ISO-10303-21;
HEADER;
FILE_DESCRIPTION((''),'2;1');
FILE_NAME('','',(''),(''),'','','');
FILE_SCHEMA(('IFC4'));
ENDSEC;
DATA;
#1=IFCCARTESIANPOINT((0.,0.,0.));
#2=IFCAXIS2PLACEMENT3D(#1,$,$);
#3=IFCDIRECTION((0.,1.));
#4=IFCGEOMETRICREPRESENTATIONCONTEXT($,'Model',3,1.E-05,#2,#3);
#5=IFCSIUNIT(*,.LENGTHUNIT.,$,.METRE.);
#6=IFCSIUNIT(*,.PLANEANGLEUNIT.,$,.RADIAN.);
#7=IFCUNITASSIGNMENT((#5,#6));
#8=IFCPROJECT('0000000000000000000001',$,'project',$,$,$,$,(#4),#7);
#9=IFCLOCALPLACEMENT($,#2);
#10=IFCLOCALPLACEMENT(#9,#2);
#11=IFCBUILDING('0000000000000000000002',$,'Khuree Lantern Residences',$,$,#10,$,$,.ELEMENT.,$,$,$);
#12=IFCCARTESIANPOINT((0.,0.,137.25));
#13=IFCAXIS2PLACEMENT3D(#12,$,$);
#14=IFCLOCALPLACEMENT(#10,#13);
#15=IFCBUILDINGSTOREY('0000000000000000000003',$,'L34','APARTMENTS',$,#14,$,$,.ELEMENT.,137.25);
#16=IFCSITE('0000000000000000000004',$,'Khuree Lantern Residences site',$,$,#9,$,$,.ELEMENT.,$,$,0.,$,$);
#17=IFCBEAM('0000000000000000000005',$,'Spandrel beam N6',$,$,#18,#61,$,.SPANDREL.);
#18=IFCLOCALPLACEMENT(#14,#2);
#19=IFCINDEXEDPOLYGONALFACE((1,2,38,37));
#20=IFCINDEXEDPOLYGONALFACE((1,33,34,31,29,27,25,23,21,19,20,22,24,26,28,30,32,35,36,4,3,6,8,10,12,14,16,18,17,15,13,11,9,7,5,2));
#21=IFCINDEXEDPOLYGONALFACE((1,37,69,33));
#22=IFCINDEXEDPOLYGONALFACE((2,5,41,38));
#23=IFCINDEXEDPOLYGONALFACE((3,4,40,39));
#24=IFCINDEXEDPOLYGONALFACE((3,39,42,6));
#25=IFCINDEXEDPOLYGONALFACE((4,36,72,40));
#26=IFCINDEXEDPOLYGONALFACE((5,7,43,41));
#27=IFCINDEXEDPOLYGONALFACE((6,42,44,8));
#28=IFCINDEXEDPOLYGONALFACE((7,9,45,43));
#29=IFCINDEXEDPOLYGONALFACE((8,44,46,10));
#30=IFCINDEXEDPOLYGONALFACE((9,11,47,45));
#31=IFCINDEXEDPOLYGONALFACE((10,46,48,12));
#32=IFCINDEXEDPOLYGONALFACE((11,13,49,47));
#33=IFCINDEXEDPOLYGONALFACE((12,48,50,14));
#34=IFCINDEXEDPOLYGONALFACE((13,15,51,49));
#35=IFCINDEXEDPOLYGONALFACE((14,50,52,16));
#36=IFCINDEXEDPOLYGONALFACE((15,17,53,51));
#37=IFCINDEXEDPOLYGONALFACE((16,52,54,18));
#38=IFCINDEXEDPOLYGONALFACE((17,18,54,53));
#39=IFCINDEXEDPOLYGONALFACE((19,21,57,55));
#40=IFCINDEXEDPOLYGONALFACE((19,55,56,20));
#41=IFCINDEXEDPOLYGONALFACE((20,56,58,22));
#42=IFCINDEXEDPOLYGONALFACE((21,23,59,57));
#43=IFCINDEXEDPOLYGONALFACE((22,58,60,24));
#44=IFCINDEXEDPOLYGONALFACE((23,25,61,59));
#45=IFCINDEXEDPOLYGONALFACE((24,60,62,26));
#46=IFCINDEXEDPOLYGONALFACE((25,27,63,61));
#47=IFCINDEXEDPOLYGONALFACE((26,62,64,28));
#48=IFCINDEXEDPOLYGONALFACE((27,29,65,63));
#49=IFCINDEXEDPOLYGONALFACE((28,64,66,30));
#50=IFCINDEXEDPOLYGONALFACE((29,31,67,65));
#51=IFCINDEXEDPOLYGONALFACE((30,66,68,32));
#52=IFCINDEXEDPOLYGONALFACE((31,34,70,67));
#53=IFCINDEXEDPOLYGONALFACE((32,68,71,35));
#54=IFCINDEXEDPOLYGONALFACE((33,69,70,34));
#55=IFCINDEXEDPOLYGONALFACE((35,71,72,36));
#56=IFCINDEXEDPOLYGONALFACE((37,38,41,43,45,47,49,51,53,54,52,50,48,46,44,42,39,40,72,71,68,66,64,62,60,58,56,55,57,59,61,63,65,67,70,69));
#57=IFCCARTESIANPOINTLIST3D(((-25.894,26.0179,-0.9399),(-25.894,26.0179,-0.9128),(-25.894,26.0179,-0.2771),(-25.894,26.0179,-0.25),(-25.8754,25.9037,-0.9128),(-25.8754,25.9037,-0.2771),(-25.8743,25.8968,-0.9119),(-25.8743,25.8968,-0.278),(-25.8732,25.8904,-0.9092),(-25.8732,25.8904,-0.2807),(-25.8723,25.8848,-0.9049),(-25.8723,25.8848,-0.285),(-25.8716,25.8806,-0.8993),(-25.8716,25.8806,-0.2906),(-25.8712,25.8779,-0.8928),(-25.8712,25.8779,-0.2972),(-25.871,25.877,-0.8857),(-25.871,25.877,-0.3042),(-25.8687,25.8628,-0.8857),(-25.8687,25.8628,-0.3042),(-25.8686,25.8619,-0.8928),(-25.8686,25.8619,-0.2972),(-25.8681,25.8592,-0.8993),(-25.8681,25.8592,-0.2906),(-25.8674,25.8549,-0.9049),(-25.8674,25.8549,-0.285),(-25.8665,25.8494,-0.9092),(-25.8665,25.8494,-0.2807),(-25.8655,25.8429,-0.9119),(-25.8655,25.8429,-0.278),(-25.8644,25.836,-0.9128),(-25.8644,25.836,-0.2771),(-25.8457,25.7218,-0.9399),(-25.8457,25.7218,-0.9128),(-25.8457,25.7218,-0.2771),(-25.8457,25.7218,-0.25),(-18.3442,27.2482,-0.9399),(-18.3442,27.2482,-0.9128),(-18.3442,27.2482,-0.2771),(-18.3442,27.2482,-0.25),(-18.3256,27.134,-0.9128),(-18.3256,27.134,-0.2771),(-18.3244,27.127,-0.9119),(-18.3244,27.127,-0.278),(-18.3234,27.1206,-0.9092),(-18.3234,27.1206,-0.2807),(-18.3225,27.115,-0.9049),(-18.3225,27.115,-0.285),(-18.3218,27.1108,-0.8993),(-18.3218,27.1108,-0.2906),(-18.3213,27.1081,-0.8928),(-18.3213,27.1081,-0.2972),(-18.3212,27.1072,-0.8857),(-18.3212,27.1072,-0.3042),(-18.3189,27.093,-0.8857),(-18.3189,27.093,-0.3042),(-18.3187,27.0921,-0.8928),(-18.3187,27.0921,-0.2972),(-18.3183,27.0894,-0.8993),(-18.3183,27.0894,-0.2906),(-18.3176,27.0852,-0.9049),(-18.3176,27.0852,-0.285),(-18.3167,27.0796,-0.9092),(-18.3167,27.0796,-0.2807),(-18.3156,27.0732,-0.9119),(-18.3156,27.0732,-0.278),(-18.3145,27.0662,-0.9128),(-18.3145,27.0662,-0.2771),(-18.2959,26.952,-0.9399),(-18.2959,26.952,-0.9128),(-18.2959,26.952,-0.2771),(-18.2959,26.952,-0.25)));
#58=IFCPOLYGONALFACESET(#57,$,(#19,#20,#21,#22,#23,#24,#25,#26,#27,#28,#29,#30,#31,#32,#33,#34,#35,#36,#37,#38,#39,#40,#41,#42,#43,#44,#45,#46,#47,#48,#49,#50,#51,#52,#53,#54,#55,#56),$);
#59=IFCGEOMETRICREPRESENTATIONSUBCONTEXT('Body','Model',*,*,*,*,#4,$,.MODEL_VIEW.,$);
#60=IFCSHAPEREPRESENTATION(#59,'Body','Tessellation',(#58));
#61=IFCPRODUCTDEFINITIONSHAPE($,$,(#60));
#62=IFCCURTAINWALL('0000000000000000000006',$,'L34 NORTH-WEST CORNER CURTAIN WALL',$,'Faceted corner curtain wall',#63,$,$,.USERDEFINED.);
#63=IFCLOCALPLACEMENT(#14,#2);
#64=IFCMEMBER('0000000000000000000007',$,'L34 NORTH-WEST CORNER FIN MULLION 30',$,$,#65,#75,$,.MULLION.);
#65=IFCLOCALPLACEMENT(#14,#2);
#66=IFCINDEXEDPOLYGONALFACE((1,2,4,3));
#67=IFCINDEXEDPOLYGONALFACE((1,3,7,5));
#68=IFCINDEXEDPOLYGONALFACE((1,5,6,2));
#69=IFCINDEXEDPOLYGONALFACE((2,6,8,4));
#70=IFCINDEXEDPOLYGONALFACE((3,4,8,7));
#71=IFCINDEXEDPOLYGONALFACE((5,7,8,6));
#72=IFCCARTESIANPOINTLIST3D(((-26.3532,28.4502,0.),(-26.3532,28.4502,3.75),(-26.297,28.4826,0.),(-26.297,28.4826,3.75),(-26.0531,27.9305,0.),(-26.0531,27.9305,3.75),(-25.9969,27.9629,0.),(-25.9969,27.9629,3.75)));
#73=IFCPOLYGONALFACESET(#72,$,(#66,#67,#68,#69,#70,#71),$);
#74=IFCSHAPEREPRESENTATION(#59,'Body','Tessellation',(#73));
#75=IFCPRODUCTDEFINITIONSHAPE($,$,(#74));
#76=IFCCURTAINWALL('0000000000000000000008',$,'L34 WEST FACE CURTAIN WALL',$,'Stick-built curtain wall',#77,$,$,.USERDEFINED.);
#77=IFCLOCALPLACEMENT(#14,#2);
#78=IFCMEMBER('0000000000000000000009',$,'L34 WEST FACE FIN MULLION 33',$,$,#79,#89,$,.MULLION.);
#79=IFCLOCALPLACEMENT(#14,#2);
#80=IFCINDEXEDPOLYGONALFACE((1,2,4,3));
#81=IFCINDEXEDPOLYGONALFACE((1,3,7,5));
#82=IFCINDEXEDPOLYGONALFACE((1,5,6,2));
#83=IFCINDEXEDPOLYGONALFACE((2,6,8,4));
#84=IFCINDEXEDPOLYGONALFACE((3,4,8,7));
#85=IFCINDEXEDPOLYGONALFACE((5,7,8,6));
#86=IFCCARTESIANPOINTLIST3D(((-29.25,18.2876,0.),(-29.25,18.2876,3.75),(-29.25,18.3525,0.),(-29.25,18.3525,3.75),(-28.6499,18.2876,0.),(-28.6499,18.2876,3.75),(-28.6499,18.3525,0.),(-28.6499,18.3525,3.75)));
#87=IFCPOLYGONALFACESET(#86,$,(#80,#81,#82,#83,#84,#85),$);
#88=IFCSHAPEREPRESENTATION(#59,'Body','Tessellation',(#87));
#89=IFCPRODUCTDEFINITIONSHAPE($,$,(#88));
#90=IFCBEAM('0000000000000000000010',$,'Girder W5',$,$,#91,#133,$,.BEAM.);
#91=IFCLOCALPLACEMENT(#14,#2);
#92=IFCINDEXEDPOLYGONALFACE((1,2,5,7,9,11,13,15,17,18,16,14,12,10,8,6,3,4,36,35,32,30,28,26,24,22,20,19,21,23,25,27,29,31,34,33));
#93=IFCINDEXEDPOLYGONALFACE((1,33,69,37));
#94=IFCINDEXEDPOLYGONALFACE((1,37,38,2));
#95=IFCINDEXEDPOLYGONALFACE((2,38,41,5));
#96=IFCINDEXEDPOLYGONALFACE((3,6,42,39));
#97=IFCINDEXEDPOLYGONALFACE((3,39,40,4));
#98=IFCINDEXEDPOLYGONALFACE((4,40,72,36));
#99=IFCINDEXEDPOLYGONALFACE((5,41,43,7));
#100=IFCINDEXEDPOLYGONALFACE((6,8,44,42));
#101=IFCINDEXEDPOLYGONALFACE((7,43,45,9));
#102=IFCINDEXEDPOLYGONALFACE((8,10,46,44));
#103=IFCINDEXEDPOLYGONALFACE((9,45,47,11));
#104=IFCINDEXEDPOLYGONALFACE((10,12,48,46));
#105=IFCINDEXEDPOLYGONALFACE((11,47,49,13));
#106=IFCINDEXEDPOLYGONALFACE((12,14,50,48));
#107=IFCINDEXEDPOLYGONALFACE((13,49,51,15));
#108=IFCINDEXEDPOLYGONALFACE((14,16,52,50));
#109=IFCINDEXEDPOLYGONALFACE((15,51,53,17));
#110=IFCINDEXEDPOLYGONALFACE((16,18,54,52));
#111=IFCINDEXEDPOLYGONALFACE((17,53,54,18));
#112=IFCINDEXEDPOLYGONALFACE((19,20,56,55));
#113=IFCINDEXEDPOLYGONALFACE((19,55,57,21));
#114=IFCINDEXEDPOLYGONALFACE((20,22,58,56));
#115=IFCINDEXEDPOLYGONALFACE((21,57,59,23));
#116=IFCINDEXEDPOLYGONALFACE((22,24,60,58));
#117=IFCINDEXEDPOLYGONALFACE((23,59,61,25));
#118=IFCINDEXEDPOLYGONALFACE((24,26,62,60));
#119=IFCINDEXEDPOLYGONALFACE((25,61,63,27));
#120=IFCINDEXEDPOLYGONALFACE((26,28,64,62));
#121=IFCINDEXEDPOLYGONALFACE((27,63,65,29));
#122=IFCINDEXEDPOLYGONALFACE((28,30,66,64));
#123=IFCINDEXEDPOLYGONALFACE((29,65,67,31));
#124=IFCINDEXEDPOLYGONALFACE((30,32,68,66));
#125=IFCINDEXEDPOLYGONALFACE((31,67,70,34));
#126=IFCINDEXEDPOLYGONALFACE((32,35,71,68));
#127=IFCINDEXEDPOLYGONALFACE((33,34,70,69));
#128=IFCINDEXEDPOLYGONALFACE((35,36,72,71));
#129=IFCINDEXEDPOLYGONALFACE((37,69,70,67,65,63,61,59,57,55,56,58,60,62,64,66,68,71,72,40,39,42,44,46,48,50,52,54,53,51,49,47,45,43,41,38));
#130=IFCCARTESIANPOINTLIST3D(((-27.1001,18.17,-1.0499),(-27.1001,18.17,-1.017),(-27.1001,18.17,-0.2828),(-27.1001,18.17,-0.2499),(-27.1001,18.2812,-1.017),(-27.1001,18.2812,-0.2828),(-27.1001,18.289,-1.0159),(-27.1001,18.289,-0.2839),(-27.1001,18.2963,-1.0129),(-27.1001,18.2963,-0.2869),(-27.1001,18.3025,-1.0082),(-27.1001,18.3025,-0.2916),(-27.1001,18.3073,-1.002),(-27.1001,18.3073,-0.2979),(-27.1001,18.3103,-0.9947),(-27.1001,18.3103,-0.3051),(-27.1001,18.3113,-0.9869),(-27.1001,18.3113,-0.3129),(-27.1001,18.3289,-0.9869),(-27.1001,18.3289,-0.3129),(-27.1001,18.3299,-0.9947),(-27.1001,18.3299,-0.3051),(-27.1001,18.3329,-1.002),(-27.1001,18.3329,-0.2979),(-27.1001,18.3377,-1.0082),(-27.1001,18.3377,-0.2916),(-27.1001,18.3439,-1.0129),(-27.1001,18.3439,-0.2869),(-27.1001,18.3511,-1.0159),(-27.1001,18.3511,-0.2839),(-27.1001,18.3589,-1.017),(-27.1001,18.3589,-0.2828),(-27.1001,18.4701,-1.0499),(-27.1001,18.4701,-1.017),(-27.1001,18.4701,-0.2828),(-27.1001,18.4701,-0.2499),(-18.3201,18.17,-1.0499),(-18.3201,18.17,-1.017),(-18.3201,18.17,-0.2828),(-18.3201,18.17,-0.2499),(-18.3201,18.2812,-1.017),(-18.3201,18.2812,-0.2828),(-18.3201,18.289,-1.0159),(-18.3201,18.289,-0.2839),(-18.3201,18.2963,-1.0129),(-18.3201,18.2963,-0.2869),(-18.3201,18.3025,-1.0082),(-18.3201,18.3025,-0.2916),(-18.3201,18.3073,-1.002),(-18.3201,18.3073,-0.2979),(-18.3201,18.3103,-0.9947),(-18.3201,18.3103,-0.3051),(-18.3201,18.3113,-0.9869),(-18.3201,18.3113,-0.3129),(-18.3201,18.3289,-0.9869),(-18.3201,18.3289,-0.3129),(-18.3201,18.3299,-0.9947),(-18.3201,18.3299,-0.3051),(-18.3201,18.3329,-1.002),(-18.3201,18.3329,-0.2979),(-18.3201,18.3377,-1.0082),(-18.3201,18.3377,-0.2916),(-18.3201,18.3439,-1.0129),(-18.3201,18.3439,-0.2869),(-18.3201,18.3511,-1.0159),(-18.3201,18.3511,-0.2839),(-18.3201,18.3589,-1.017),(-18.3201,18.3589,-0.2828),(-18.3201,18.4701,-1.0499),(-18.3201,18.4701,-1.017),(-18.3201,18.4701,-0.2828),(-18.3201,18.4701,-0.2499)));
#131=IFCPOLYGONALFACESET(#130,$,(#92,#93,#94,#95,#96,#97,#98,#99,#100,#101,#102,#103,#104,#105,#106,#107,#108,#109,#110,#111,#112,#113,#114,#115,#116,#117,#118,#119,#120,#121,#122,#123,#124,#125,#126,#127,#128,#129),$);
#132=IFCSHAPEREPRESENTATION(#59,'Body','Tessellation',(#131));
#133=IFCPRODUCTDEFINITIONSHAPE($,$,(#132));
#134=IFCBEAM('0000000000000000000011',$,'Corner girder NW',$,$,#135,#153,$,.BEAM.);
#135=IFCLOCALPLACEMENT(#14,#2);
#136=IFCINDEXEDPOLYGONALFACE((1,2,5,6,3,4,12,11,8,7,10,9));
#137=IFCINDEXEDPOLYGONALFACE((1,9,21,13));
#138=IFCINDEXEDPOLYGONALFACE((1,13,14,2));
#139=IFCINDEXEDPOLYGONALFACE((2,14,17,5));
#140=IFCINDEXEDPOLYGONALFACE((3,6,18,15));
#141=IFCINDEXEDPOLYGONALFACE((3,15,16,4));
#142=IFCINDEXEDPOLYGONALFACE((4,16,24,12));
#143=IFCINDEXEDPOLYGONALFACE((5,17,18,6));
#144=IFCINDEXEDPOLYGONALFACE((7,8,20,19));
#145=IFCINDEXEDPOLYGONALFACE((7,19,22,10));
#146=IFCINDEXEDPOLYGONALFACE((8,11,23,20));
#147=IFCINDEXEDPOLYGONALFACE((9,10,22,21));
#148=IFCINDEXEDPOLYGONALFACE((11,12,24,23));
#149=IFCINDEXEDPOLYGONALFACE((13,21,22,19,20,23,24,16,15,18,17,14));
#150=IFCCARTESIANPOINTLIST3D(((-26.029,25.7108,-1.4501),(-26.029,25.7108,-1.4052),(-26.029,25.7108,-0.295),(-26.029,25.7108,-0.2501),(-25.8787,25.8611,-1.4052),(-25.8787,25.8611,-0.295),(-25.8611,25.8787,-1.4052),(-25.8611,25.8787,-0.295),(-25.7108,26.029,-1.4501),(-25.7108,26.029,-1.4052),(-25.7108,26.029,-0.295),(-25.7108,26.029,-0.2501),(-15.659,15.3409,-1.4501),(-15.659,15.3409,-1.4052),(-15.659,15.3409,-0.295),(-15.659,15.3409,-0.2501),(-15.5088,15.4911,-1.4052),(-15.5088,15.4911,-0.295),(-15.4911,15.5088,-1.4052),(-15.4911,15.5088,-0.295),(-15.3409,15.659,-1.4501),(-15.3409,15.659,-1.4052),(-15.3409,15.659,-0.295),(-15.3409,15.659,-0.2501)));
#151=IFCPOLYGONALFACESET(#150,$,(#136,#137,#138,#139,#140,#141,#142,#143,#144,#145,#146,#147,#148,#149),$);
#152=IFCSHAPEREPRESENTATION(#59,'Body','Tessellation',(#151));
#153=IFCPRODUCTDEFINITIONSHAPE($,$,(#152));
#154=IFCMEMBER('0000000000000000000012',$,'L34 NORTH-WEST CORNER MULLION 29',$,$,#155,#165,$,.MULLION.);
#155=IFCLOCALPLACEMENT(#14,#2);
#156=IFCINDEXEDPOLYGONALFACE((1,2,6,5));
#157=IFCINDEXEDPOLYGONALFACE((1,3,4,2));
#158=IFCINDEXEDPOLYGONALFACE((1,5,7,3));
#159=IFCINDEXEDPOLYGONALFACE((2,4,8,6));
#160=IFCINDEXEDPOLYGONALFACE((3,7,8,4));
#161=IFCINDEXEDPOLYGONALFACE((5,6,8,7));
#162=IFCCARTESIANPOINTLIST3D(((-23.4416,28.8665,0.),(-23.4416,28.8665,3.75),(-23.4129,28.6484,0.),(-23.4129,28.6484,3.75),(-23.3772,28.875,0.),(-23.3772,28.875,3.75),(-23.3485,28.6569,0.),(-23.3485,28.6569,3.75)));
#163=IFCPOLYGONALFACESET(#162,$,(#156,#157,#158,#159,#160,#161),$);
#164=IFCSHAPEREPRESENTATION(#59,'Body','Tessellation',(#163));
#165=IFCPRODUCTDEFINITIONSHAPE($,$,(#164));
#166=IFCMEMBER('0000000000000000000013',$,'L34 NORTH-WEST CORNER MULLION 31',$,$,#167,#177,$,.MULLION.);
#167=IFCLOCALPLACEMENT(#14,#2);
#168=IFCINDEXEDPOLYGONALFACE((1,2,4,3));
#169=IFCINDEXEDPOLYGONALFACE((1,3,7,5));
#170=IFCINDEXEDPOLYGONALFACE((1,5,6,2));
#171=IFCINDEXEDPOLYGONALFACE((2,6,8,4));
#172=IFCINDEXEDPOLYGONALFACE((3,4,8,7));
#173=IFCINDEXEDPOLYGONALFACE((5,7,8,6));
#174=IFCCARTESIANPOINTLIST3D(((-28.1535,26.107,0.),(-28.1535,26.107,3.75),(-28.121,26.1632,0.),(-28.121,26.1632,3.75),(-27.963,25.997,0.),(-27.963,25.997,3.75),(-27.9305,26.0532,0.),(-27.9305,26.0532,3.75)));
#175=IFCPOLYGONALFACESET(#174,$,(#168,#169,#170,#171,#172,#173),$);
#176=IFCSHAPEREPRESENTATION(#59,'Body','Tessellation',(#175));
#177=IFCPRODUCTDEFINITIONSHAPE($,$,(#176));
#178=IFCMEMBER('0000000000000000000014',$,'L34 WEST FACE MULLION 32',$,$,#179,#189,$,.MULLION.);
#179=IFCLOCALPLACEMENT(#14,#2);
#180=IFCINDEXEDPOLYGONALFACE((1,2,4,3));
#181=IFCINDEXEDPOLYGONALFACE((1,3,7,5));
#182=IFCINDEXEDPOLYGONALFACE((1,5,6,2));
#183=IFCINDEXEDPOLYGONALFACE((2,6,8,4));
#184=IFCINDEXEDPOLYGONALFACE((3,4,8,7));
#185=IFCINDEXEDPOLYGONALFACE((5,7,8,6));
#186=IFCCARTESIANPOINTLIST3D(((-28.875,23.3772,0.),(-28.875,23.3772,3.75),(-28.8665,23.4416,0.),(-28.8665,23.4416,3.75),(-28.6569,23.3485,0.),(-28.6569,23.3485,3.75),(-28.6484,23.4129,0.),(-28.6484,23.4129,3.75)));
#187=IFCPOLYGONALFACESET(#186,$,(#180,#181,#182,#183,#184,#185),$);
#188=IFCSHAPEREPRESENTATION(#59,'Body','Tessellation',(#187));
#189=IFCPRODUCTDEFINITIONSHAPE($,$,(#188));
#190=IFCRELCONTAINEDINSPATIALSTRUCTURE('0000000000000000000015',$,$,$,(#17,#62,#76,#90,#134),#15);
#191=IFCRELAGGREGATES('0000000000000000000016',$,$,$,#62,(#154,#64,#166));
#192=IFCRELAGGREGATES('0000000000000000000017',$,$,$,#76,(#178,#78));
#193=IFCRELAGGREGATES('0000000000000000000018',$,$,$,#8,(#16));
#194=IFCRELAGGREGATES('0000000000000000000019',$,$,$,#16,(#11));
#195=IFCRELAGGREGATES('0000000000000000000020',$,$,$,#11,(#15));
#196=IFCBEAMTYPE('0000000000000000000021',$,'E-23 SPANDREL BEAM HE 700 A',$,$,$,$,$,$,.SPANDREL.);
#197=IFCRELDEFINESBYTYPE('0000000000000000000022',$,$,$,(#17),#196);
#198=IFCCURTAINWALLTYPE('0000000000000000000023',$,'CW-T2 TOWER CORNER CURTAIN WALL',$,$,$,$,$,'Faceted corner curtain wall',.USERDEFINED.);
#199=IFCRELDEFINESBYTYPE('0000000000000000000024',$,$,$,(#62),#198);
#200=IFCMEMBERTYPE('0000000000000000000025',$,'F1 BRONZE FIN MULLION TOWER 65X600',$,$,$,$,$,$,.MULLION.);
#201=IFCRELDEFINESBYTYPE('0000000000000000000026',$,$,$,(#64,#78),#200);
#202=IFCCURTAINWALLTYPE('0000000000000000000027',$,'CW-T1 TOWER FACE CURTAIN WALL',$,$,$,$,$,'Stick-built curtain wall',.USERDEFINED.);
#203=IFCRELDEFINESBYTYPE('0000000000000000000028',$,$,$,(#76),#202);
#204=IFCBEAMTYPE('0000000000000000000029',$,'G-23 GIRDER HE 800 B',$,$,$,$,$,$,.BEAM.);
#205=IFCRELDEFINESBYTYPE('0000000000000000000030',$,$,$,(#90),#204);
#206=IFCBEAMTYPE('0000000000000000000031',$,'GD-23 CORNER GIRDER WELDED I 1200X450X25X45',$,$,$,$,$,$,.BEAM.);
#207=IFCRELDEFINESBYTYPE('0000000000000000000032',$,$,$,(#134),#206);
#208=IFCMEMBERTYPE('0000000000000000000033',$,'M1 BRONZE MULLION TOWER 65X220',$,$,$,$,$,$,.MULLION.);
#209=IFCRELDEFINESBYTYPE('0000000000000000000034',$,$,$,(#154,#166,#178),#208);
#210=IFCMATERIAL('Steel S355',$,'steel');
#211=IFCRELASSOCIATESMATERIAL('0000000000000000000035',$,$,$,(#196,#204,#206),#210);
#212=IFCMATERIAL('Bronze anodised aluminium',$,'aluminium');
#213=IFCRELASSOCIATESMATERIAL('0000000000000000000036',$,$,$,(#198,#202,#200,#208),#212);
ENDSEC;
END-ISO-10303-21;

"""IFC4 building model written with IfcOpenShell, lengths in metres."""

from ifc_helpers import new_model, si_unit, direction, frame, origin, origin_2d, place, context, subcontext, project, spatial, rectangle, i_section, extrude, material, material_profile, profile_set, type_object, element, aggregate, save


model = new_model("IFC4")

# Units and contexts
model_context = context("Model", 3, precision=1e-05, world=origin(), true_north=direction((0.0, 1.0)))
body_context = subcontext(model_context, "Body", "Model", "MODEL_VIEW")
ifc_project = project(units=[si_unit("LENGTHUNIT", "METRE"), si_unit("PLANEANGLEUNIT", "RADIAN")], contexts=[model_context])

# Site, building, storey
site_placement = place(None, origin())
site = spatial("IfcSite", under=ifc_project, at=site_placement, Name="Khuree Lantern Residences site", CompositionType="ELEMENT", RefElevation=0.0)
building_placement = place(site_placement, origin())
building = spatial("IfcBuilding", under=site, at=building_placement, Name="Khuree Lantern Residences", CompositionType="ELEMENT")
storey_placement = place(building_placement, frame((0.0, 0.0, 137.25)))
storey = spatial("IfcBuildingStorey", under=building, at=storey_placement, Name="L34", Description="APARTMENTS", CompositionType="ELEMENT", Elevation=137.25)

# Beam
ifc_material_1 = material(Name="Steel S355", Category="steel")
ifc_material_profile_1 = material_profile(ifc_material_1, i_section(OverallWidth=0.3, OverallDepth=0.6899, WebThickness=0.0144, FlangeThickness=0.0271, FilletRadius=0.0271, at=origin_2d()), Name="HE 700 A")
ifc_profile_set_1 = profile_set([ifc_material_profile_1], Name="Steel S355")
beam_type_1 = type_object("IfcBeamType", Name="E-23 SPANDREL BEAM HE 700 A", PredefinedType="SPANDREL", material=ifc_profile_set_1)
for number, where, z_axis, x_axis, name in (
    (1, (-25.8699, 25.8699, -0.595), (0.986983, 0.160827, 0.0), (-0.160827, 0.986983, 0.0), "Spandrel beam N6"),
):
    element("IfcBeam", number, at=place(storey_placement, frame(where, z_axis=z_axis, x_axis=x_axis)), inside=storey, type_object=beam_type_1, Name=name, PredefinedType="SPANDREL", context=body_context, shape_type="SweptSolid", body=[
        extrude(i_section(OverallWidth=0.3, OverallDepth=0.6899, WebThickness=0.0144, FlangeThickness=0.0271, FilletRadius=0.0271, at=origin_2d()), origin(), (0.0, 0.0, 1.0), 7.6494),
    ])

# Curtain walls, members
ifc_material_2 = material(Name="Bronze anodised aluminium", Category="aluminium")
curtain_wall_type_1 = type_object("IfcCurtainWallType", Name="CW-T2 TOWER CORNER CURTAIN WALL", ElementType="Faceted corner curtain wall", PredefinedType="USERDEFINED", material=ifc_material_2)
curtain_wall_1_placement = place(storey_placement, origin())
curtain_wall_1 = element("IfcCurtainWall", 2, at=curtain_wall_1_placement, inside=storey, type_object=curtain_wall_type_1, Name="L34 NORTH-WEST CORNER CURTAIN WALL", ObjectType="Faceted corner curtain wall", PredefinedType="USERDEFINED")
ifc_material_profile_2 = material_profile(ifc_material_2, rectangle(XDim=0.0649, YDim=0.6001, at=origin_2d()), Name="F1 65X600")
ifc_profile_set_2 = profile_set([ifc_material_profile_2], Name="Bronze anodised aluminium")
member_type_1 = type_object("IfcMemberType", Name="F1 BRONZE FIN MULLION TOWER 65X600", PredefinedType="MULLION", material=ifc_profile_set_2)
member_1_placement = place(storey_placement, frame((-26.175, 28.2065, 0.0), z_axis=(0.0, 0.0, 1.0), x_axis=(-0.866025, -0.5, 0.0)))
member_1 = element("IfcMember", 3, at=member_1_placement, type_object=member_type_1, Name="L34 NORTH-WEST CORNER FIN MULLION 30", PredefinedType="MULLION", context=body_context, shape_type="SweptSolid", body=[
    extrude(rectangle(XDim=0.0649, YDim=0.6001, at=origin_2d()), origin(), (0.0, 0.0, 1.0), 3.75),
])
curtain_wall_type_2 = type_object("IfcCurtainWallType", Name="CW-T1 TOWER FACE CURTAIN WALL", ElementType="Stick-built curtain wall", PredefinedType="USERDEFINED", material=ifc_material_2)
curtain_wall_2_placement = place(storey_placement, origin())
curtain_wall_2 = element("IfcCurtainWall", 4, at=curtain_wall_2_placement, inside=storey, type_object=curtain_wall_type_2, Name="L34 WEST FACE CURTAIN WALL", ObjectType="Stick-built curtain wall", PredefinedType="USERDEFINED")
member_2_placement = place(storey_placement, frame((-28.95, 18.3201, 0.0), z_axis=(0.0, 0.0, 1.0), x_axis=(0.0, -1.0, 0.0)))
member_2 = element("IfcMember", 5, at=member_2_placement, type_object=member_type_1, Name="L34 WEST FACE FIN MULLION 33", PredefinedType="MULLION", context=body_context, shape_type="SweptSolid", body=[
    extrude(rectangle(XDim=0.0649, YDim=0.6001, at=origin_2d()), origin(), (0.0, 0.0, 1.0), 3.75),
])

# Beams
ifc_material_profile_3 = material_profile(ifc_material_1, i_section(OverallWidth=0.3, OverallDepth=0.8, WebThickness=0.0176, FlangeThickness=0.033, FilletRadius=0.03, at=origin_2d()), Name="HE 800 B")
ifc_profile_set_3 = profile_set([ifc_material_profile_3], Name="Steel S355")
beam_type_2 = type_object("IfcBeamType", Name="G-23 GIRDER HE 800 B", PredefinedType="BEAM", material=ifc_profile_set_3)
beam_1_placement = place(storey_placement, frame((-27.1001, 18.3201, -0.6499), z_axis=(1.0, 0.0, 0.0), x_axis=(0.0, 1.0, 0.0)))
element("IfcBeam", 6, at=beam_1_placement, inside=storey, type_object=beam_type_2, Name="Girder W5", PredefinedType="BEAM", context=body_context, shape_type="SweptSolid", body=[
    extrude(i_section(OverallWidth=0.3, OverallDepth=0.8, WebThickness=0.0176, FlangeThickness=0.033, FilletRadius=0.03, at=origin_2d()), origin(), (0.0, 0.0, 1.0), 8.78),
])
ifc_material_profile_4 = material_profile(ifc_material_1, i_section(OverallWidth=0.45, OverallDepth=1.2, WebThickness=0.0249, FlangeThickness=0.0449, at=origin_2d()), Name="WELDED I 1200X450X25X45")
ifc_profile_set_4 = profile_set([ifc_material_profile_4], Name="Steel S355")
beam_type_3 = type_object("IfcBeamType", Name="GD-23 CORNER GIRDER WELDED I 1200X450X25X45", PredefinedType="BEAM", material=ifc_profile_set_4)
beam_2_placement = place(storey_placement, frame((-25.8699, 25.8699, -0.8501), z_axis=(0.707107, -0.707107, 0.0), x_axis=(0.707107, 0.707107, 0.0)))
element("IfcBeam", 7, at=beam_2_placement, inside=storey, type_object=beam_type_3, Name="Corner girder NW", PredefinedType="BEAM", context=body_context, shape_type="SweptSolid", body=[
    extrude(i_section(OverallWidth=0.45, OverallDepth=1.2, WebThickness=0.0249, FlangeThickness=0.0449, at=origin_2d()), origin(), (0.0, 0.0, 1.0), 14.6653),
])

# Members
ifc_material_profile_5 = material_profile(ifc_material_2, rectangle(XDim=0.0649, YDim=0.22, at=origin_2d()), Name="M1 65X220")
ifc_profile_set_5 = profile_set([ifc_material_profile_5], Name="Bronze anodised aluminium")
member_type_2 = type_object("IfcMemberType", Name="M1 BRONZE MULLION TOWER 65X220", PredefinedType="MULLION", material=ifc_profile_set_5)
member_3_placement = place(storey_placement, frame((-23.395, 28.7617, 0.0), z_axis=(0.0, 0.0, 1.0), x_axis=(-0.991445, -0.130526, 0.0)))
member_3 = element("IfcMember", 8, at=member_3_placement, type_object=member_type_2, Name="L34 NORTH-WEST CORNER MULLION 29", PredefinedType="MULLION", context=body_context, shape_type="SweptSolid", body=[
    extrude(rectangle(XDim=0.0649, YDim=0.22, at=origin_2d()), origin(), (0.0, 0.0, 1.0), 3.75),
])
member_4_placement = place(storey_placement, frame((-28.042, 26.0801, 0.0), z_axis=(0.0, 0.0, 1.0), x_axis=(-0.5, -0.866025, 0.0)))
member_4 = element("IfcMember", 9, at=member_4_placement, type_object=member_type_2, Name="L34 NORTH-WEST CORNER MULLION 31", PredefinedType="MULLION", context=body_context, shape_type="SweptSolid", body=[
    extrude(rectangle(XDim=0.0649, YDim=0.22, at=origin_2d()), origin(), (0.0, 0.0, 1.0), 3.75),
])
member_5_placement = place(storey_placement, frame((-28.7617, 23.395, 0.0), z_axis=(0.0, 0.0, 1.0), x_axis=(-0.130526, -0.991445, 0.0)))
member_5 = element("IfcMember", 10, at=member_5_placement, type_object=member_type_2, Name="L34 WEST FACE MULLION 32", PredefinedType="MULLION", context=body_context, shape_type="SweptSolid", body=[
    extrude(rectangle(XDim=0.0649, YDim=0.22, at=origin_2d()), origin(), (0.0, 0.0, 1.0), 3.75),
])

aggregate(curtain_wall_1, [member_3, member_1, member_4])

aggregate(curtain_wall_2, [member_5, member_2])

save(model, "model.ifc")
